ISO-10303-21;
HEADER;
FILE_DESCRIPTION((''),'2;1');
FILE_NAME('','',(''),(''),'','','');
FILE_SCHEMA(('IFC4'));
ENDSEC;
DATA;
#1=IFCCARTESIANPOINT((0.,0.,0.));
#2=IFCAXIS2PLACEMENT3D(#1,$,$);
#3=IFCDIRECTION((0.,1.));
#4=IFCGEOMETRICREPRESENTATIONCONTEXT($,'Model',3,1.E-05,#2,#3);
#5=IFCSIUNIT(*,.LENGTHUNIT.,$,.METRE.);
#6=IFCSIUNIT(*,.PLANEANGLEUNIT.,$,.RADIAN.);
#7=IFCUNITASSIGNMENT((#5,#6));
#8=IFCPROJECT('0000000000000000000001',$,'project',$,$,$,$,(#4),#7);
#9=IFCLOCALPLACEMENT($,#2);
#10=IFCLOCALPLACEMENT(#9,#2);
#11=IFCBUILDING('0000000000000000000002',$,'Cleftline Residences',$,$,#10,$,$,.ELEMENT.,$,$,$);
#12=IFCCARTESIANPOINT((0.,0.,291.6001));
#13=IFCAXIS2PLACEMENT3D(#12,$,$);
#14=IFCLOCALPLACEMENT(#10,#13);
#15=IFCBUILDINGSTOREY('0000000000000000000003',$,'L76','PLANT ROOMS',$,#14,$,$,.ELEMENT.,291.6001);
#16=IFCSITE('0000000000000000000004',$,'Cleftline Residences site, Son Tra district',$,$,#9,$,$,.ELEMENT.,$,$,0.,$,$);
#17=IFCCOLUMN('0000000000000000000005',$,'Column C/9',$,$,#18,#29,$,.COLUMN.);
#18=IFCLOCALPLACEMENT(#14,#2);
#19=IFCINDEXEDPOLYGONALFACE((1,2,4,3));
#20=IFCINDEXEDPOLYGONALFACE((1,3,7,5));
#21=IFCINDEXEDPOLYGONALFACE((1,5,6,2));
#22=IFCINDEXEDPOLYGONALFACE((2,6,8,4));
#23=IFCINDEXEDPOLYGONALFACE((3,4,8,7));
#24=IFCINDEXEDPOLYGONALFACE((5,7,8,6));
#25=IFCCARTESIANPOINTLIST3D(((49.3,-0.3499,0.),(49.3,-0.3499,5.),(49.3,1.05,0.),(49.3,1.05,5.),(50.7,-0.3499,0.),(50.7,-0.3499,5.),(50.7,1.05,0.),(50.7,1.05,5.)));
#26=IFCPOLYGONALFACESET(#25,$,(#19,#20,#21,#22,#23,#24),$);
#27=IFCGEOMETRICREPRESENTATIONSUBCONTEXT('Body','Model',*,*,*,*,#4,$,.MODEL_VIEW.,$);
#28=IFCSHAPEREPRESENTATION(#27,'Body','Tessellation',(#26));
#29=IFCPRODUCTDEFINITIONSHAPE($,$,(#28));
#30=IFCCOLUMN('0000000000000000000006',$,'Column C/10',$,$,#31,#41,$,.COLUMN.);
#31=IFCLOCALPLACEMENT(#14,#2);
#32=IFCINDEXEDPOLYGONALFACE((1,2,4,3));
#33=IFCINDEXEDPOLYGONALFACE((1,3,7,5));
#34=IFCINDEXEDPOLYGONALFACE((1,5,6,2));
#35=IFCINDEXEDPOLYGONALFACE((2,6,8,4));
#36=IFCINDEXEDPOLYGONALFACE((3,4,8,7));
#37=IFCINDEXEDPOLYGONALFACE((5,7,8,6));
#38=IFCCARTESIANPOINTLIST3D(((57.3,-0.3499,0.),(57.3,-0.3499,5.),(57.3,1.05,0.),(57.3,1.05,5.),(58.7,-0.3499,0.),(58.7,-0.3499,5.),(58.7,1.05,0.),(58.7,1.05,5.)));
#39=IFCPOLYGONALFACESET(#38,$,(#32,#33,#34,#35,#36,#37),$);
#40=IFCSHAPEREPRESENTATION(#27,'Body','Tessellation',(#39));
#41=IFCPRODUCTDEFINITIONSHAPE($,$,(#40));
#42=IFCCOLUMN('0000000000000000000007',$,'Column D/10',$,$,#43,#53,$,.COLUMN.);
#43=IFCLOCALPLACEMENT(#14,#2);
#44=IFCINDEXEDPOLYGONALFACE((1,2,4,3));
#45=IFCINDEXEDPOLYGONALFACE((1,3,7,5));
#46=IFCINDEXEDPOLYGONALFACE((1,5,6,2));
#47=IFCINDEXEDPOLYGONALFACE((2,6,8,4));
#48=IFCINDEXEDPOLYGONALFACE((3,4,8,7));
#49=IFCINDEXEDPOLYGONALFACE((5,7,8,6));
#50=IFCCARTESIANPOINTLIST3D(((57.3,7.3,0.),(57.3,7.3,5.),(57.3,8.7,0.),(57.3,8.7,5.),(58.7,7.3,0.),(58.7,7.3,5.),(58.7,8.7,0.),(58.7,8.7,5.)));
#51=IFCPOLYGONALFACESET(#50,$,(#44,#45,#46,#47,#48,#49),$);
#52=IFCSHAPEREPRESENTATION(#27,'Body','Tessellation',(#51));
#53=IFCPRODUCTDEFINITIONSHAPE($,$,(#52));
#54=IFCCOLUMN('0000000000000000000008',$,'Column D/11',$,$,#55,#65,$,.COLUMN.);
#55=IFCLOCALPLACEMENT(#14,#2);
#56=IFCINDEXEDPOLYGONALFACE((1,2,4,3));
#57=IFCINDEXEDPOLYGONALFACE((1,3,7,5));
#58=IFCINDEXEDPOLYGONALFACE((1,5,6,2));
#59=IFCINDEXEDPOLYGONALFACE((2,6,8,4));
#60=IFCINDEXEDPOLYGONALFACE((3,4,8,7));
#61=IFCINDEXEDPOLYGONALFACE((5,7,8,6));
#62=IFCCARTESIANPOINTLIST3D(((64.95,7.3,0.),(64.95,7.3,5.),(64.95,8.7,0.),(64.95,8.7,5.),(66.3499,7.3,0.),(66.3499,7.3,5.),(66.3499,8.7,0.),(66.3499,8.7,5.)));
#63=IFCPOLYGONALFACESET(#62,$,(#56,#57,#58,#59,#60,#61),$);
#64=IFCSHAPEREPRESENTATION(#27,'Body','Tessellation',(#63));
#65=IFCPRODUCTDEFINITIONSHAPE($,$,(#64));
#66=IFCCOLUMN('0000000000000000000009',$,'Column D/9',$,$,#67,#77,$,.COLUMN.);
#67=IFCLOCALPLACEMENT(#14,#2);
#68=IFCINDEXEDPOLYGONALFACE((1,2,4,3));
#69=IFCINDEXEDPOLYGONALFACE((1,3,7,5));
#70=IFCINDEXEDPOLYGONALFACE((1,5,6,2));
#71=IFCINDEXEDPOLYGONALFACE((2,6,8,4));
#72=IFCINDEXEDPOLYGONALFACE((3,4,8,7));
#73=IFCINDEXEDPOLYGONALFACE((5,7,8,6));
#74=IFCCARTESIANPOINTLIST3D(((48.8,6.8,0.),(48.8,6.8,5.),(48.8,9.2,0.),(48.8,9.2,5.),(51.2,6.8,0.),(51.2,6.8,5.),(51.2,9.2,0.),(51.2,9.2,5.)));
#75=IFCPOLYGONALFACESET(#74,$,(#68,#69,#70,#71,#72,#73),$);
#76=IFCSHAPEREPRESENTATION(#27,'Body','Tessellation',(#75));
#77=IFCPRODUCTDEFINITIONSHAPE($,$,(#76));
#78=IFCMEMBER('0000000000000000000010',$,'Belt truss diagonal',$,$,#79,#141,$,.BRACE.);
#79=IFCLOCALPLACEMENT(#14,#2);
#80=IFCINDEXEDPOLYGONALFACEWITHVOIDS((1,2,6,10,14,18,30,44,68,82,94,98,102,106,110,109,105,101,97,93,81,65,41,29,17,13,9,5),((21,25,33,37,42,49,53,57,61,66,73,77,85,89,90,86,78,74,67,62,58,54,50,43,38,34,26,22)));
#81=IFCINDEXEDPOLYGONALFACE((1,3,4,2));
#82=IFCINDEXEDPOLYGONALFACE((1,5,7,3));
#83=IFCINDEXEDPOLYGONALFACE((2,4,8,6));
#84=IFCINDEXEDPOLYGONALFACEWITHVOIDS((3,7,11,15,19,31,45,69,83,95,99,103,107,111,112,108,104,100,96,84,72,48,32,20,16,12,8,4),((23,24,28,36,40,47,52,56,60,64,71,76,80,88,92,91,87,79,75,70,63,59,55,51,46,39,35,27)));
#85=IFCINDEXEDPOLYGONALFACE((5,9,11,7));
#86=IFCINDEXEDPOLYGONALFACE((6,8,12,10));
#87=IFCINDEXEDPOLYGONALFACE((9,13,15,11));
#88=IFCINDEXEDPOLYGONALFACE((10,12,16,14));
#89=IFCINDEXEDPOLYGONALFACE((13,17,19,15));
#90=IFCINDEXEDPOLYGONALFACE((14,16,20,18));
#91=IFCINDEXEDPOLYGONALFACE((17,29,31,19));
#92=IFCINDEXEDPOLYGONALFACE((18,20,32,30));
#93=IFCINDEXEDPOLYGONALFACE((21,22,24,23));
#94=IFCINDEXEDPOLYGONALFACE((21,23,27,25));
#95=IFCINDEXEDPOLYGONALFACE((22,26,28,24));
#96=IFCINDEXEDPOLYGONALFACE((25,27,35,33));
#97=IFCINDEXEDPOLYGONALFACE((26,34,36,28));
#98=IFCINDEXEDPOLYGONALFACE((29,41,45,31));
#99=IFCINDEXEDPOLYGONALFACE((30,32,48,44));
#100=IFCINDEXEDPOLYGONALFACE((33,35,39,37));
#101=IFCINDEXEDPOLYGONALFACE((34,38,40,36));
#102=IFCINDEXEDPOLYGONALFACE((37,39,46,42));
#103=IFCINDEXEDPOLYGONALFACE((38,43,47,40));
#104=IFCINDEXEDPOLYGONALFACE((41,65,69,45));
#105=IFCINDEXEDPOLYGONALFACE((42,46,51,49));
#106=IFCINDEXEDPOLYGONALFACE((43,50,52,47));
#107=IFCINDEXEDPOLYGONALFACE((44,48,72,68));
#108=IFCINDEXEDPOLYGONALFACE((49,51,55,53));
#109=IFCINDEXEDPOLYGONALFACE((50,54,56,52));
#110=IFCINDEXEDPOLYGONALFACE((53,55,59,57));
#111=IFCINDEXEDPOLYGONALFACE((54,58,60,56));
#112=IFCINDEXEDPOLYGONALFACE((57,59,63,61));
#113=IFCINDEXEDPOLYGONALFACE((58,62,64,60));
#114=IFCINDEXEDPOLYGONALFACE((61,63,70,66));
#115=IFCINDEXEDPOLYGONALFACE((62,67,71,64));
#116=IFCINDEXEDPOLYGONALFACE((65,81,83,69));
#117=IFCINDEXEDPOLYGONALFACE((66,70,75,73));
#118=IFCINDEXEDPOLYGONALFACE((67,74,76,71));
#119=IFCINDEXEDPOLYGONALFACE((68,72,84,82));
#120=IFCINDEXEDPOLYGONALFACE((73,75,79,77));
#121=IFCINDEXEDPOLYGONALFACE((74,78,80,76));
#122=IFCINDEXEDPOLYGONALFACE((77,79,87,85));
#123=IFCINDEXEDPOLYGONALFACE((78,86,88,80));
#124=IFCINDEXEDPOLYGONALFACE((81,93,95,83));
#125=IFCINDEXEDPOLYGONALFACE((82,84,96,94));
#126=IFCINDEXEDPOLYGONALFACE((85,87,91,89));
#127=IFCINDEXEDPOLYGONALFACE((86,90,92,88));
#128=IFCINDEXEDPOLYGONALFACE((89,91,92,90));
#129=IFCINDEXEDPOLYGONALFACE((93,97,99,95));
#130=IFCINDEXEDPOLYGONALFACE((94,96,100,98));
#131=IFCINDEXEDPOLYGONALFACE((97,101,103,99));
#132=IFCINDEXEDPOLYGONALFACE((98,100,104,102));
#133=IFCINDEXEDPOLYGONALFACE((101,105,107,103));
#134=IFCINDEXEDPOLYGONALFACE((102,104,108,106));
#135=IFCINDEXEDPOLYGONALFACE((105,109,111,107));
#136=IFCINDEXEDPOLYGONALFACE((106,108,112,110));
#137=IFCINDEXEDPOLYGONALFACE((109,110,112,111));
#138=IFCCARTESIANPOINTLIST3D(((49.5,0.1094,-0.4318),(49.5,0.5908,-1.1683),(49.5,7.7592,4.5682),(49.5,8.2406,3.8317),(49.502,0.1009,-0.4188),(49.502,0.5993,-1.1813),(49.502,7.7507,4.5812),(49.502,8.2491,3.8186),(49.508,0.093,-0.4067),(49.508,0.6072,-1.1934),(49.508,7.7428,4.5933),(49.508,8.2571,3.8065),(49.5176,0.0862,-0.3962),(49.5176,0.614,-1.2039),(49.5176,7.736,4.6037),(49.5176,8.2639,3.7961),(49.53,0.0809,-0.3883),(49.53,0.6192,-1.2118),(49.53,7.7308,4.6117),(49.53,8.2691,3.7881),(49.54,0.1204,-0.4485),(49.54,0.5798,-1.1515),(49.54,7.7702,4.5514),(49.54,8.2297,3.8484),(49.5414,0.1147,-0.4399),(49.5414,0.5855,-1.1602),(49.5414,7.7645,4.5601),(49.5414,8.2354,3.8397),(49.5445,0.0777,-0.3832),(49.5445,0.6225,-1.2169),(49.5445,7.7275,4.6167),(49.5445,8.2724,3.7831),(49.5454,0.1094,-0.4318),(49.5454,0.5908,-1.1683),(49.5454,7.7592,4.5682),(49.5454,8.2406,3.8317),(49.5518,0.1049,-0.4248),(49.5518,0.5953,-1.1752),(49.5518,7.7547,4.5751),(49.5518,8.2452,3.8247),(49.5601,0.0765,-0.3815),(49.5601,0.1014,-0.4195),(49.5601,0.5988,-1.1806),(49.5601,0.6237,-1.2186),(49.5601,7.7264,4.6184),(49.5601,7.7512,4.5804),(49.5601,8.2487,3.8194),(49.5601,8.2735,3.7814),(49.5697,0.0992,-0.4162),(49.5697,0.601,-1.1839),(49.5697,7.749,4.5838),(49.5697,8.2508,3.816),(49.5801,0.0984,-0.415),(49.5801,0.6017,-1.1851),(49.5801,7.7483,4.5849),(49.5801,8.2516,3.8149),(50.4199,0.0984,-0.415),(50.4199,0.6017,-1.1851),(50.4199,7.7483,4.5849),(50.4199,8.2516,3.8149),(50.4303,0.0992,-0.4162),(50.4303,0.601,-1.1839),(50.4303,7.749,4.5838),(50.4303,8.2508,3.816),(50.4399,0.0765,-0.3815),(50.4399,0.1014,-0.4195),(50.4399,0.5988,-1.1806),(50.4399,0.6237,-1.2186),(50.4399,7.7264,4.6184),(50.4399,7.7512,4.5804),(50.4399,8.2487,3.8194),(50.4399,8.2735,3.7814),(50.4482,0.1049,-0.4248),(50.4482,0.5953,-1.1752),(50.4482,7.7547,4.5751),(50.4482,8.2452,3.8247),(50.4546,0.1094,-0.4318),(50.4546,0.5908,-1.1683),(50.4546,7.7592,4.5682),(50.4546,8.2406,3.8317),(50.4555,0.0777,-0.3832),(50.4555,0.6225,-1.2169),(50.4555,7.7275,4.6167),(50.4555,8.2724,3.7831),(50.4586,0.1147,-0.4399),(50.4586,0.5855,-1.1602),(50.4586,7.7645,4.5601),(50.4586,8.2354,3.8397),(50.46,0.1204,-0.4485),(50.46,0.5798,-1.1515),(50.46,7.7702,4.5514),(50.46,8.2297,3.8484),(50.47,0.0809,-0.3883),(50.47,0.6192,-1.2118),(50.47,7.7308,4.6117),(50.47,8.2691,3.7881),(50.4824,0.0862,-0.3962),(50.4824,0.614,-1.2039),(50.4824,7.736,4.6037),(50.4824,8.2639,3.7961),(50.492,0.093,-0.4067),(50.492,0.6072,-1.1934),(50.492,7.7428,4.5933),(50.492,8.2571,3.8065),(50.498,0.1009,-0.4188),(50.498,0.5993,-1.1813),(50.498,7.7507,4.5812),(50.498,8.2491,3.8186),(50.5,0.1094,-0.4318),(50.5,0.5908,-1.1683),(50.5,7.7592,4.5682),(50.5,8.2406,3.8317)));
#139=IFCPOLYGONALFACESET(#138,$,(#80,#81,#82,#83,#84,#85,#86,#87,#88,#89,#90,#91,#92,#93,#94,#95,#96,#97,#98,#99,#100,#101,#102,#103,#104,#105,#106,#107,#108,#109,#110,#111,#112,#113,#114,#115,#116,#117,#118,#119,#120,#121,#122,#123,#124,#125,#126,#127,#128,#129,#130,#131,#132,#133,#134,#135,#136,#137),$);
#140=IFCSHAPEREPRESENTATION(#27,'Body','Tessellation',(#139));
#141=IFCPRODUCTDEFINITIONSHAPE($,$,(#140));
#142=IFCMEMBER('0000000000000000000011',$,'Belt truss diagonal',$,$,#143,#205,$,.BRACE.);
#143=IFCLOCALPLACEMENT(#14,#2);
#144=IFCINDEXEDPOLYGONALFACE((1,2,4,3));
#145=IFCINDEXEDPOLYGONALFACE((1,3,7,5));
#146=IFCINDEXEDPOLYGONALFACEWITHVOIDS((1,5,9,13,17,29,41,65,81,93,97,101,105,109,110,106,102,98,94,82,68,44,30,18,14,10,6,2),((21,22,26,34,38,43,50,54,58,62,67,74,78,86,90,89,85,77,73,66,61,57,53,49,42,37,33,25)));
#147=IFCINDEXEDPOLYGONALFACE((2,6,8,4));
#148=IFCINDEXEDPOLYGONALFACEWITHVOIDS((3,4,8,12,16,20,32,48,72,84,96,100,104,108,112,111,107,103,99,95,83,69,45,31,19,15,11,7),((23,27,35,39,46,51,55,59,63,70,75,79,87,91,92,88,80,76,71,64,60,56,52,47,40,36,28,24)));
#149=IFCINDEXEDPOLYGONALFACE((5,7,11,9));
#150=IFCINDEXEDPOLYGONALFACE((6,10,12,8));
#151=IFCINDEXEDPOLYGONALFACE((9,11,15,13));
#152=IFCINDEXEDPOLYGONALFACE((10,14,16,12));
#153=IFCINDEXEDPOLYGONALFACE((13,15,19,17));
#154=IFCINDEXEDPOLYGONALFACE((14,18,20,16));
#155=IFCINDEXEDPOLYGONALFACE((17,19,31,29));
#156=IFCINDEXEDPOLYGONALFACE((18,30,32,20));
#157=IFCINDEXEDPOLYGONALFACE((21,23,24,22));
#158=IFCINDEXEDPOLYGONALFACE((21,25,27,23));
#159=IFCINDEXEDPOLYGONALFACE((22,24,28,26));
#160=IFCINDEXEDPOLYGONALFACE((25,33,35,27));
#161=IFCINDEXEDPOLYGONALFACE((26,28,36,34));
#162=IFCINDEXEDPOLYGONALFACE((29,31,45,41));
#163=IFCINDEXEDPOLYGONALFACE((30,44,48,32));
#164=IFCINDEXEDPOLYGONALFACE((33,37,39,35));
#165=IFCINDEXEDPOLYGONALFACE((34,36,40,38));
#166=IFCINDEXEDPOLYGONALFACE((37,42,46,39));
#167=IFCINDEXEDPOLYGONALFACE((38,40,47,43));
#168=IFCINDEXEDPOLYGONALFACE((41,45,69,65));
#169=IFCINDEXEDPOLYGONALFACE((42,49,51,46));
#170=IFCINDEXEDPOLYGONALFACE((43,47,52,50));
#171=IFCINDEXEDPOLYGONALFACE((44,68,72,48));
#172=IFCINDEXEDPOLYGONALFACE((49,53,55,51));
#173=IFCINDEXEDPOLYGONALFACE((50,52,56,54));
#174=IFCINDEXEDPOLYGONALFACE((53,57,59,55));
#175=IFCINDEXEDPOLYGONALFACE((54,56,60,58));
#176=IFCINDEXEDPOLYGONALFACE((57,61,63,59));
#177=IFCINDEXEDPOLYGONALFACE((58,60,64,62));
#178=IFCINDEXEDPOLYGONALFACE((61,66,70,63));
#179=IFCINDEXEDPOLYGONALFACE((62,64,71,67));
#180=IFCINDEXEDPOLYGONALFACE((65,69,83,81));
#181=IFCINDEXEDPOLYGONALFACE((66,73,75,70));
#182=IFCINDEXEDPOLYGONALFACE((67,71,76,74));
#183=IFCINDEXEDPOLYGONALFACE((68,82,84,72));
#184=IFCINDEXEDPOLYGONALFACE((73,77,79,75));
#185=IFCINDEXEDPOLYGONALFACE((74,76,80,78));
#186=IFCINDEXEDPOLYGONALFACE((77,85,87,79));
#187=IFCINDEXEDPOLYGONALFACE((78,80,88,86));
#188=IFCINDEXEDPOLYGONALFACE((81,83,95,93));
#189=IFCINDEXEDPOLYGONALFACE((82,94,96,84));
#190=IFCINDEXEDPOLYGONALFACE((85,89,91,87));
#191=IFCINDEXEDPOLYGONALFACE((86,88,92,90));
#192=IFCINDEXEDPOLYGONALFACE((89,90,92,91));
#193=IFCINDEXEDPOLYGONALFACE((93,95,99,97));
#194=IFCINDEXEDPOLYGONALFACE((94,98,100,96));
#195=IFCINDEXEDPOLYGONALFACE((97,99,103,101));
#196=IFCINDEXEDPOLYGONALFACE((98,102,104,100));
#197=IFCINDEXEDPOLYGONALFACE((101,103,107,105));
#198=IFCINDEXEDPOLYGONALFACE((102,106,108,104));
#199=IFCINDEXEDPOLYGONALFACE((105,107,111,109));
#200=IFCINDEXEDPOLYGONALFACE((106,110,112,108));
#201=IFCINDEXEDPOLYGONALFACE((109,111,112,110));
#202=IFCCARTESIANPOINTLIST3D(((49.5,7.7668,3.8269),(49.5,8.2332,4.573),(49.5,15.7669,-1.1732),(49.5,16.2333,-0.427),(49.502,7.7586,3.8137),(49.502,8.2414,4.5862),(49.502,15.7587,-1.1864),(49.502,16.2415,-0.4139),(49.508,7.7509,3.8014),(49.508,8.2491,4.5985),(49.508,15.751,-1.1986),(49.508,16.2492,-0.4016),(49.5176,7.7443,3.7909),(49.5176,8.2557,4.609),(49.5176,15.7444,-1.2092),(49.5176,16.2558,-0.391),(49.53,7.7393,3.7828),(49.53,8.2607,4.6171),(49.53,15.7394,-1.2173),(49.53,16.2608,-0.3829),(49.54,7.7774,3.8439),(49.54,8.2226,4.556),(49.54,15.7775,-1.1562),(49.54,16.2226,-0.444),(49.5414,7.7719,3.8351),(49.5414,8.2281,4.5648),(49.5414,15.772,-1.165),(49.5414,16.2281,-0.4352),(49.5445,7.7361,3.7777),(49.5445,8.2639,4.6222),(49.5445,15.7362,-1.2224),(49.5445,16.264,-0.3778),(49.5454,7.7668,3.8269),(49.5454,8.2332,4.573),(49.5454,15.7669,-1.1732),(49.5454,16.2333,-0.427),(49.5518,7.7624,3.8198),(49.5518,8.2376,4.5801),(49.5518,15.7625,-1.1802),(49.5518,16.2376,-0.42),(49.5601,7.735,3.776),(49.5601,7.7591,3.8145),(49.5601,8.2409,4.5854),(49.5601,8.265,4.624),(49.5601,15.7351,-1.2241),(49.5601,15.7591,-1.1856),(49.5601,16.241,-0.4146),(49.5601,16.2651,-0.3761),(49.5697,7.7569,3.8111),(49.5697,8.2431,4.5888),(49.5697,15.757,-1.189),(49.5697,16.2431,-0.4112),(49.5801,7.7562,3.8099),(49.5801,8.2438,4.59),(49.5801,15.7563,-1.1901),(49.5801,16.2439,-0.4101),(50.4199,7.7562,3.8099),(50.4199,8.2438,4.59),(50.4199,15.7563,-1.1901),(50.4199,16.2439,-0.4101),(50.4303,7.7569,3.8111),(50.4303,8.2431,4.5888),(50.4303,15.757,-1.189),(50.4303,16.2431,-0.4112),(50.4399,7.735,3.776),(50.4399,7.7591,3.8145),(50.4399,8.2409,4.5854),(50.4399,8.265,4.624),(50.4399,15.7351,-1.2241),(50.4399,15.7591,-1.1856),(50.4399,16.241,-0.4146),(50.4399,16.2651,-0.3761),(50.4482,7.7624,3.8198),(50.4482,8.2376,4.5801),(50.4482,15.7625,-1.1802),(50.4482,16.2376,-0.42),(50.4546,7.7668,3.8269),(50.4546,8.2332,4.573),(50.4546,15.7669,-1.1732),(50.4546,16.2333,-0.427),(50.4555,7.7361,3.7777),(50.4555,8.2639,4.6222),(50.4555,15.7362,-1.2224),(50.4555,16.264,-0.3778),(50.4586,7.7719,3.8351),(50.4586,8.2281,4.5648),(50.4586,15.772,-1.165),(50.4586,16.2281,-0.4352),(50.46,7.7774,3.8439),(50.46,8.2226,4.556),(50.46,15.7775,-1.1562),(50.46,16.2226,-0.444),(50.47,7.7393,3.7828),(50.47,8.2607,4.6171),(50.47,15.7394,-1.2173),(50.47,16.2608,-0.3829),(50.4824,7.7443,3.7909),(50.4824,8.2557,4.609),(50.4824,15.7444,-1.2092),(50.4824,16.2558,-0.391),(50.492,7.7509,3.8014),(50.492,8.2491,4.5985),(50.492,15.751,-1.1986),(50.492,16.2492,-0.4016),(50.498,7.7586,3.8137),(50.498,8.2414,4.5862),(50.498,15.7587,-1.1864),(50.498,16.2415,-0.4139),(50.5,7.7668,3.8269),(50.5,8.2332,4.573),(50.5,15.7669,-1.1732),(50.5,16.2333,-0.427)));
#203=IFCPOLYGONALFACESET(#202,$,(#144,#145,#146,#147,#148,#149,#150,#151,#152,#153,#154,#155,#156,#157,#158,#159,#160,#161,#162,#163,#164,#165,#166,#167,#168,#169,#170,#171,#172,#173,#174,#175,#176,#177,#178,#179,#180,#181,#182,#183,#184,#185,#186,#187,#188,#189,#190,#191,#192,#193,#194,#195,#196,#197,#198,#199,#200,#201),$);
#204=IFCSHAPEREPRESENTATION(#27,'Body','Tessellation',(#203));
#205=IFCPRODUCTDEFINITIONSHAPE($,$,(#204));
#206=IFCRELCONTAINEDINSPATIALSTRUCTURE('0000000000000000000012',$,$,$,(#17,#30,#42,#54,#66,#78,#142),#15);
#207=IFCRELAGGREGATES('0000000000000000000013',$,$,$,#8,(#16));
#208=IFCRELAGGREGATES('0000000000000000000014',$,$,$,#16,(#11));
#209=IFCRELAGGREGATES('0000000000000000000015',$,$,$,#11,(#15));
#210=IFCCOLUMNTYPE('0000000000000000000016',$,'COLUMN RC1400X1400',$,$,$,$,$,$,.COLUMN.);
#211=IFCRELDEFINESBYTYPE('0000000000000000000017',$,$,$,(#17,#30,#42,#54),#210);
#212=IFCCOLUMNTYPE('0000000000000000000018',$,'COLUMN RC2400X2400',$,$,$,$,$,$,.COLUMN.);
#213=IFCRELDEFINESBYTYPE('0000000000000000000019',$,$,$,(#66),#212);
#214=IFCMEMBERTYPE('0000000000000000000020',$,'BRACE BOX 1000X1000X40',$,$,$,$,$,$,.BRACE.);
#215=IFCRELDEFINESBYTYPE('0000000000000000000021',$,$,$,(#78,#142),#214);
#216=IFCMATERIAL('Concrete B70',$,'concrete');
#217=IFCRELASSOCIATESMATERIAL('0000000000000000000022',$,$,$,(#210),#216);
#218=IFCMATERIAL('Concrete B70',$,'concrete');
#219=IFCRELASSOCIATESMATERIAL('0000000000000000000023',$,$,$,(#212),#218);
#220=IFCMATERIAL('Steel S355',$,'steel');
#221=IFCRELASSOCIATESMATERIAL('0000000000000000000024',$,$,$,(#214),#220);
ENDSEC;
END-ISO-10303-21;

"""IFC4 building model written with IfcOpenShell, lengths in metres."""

from ifc_helpers import new_model, si_unit, direction, frame, origin, origin_2d, place, context, subcontext, project, spatial, rectangle, hollow_rectangle, extrude, material, material_profile, profile_set, type_object, element, save


model = new_model("IFC4")

# Units and contexts
model_context = context("Model", 3, precision=1e-05, world=origin(), true_north=direction((0.0, 1.0)))
body_context = subcontext(model_context, "Body", "Model", "MODEL_VIEW")
ifc_project = project(units=[si_unit("LENGTHUNIT", "METRE"), si_unit("PLANEANGLEUNIT", "RADIAN")], contexts=[model_context])

# Site, building, storey
site_placement = place(None, origin())
site = spatial("IfcSite", under=ifc_project, at=site_placement, Name="Cleftline Residences site, Son Tra district", CompositionType="ELEMENT", RefElevation=0.0)
building_placement = place(site_placement, origin())
building = spatial("IfcBuilding", under=site, at=building_placement, Name="Cleftline Residences", CompositionType="ELEMENT")
storey_placement = place(building_placement, frame((0.0, 0.0, 291.6001)))
storey = spatial("IfcBuildingStorey", under=building, at=storey_placement, Name="L76", Description="PLANT ROOMS", CompositionType="ELEMENT", Elevation=291.6001)

# Columns
ifc_material_1 = material(Name="Concrete B70", Category="concrete")
ifc_material_profile_1 = material_profile(ifc_material_1, rectangle(XDim=1.3999, YDim=1.3999, at=origin_2d()))
ifc_profile_set_1 = profile_set([ifc_material_profile_1], Name="Concrete B70")
column_type_1 = type_object("IfcColumnType", Name="COLUMN RC1400X1400", PredefinedType="COLUMN", material=ifc_profile_set_1)
for number, where, z_axis, x_axis, name in (
    (1, (50.0, 0.3501, 0.0), (0.0, 0.0, 1.0), (1.0, 0.0, 0.0), "Column C/9"),
    (2, (58.0, 0.3501, 0.0), (0.0, 0.0, 1.0), (1.0, 0.0, 0.0), "Column C/10"),
    (3, (58.0, 8.0, 0.0), (0.0, 0.0, 1.0), (1.0, 0.0, 0.0), "Column D/10"),
    (4, (65.6499, 8.0, 0.0), (0.0, 0.0, 1.0), (1.0, 0.0, 0.0), "Column D/11"),
):
    element("IfcColumn", number, at=place(storey_placement, frame(where, z_axis=z_axis, x_axis=x_axis)), inside=storey, type_object=column_type_1, Name=name, PredefinedType="COLUMN", context=body_context, shape_type="SweptSolid", body=[
        extrude(rectangle(XDim=1.3999, YDim=1.3999, at=origin_2d()), origin(), (0.0, 0.0, 1.0), 5.0),
    ])
ifc_material_2 = material(Name="Concrete B70", Category="concrete")
ifc_material_profile_2 = material_profile(ifc_material_2, rectangle(XDim=2.3999, YDim=2.3999, at=origin_2d()))
ifc_profile_set_2 = profile_set([ifc_material_profile_2], Name="Concrete B70")
column_type_2 = type_object("IfcColumnType", Name="COLUMN RC2400X2400", PredefinedType="COLUMN", material=ifc_profile_set_2)
column_placement = place(storey_placement, frame((50.0, 8.0, 0.0), z_axis=(0.0, 0.0, 1.0), x_axis=(1.0, 0.0, 0.0)))
element("IfcColumn", 5, at=column_placement, inside=storey, type_object=column_type_2, Name="Column D/9", PredefinedType="COLUMN", context=body_context, shape_type="SweptSolid", body=[
    extrude(rectangle(XDim=2.3999, YDim=2.3999, at=origin_2d()), origin(), (0.0, 0.0, 1.0), 5.0),
])

# Members
ifc_material_3 = material(Name="Steel S355", Category="steel")
ifc_material_profile_3 = material_profile(ifc_material_3, hollow_rectangle(XDim=1.0, YDim=1.0, WallThickness=0.04, InnerFilletRadius=0.04, OuterFilletRadius=0.0601, at=origin_2d()))
ifc_profile_set_3 = profile_set([ifc_material_profile_3], Name="Steel S355")
member_type_1 = type_object("IfcMemberType", Name="BRACE BOX 1000X1000X40", PredefinedType="BRACE", material=ifc_profile_set_3)
member_1_placement = place(storey_placement, frame((50.0, 0.3501, -0.8), z_axis=(0.0, 0.837063, 0.547107), x_axis=(0.0, -0.547107, 0.837063)))
element("IfcMember", 6, at=member_1_placement, inside=storey, type_object=member_type_1, Name="Belt truss diagonal", PredefinedType="BRACE", context=body_context, shape_type="SweptSolid", body=[
    extrude(hollow_rectangle(XDim=1.0, YDim=1.0, WallThickness=0.04, InnerFilletRadius=0.04, OuterFilletRadius=0.0601, at=origin_2d()), origin(), (0.0, 0.0, 1.0), 9.1389),
])
member_2_placement = place(storey_placement, frame((50.0, 8.0, 4.2), z_axis=(0.0, 0.847998, -0.529999), x_axis=(0.0, 0.529999, 0.847998)))
element("IfcMember", 7, at=member_2_placement, inside=storey, type_object=member_type_1, Name="Belt truss diagonal", PredefinedType="BRACE", context=body_context, shape_type="SweptSolid", body=[
    extrude(hollow_rectangle(XDim=1.0, YDim=1.0, WallThickness=0.04, InnerFilletRadius=0.04, OuterFilletRadius=0.0601, at=origin_2d()), origin(), (0.0, 0.0, 1.0), 9.4341),
])

save(model, "model.ifc")
